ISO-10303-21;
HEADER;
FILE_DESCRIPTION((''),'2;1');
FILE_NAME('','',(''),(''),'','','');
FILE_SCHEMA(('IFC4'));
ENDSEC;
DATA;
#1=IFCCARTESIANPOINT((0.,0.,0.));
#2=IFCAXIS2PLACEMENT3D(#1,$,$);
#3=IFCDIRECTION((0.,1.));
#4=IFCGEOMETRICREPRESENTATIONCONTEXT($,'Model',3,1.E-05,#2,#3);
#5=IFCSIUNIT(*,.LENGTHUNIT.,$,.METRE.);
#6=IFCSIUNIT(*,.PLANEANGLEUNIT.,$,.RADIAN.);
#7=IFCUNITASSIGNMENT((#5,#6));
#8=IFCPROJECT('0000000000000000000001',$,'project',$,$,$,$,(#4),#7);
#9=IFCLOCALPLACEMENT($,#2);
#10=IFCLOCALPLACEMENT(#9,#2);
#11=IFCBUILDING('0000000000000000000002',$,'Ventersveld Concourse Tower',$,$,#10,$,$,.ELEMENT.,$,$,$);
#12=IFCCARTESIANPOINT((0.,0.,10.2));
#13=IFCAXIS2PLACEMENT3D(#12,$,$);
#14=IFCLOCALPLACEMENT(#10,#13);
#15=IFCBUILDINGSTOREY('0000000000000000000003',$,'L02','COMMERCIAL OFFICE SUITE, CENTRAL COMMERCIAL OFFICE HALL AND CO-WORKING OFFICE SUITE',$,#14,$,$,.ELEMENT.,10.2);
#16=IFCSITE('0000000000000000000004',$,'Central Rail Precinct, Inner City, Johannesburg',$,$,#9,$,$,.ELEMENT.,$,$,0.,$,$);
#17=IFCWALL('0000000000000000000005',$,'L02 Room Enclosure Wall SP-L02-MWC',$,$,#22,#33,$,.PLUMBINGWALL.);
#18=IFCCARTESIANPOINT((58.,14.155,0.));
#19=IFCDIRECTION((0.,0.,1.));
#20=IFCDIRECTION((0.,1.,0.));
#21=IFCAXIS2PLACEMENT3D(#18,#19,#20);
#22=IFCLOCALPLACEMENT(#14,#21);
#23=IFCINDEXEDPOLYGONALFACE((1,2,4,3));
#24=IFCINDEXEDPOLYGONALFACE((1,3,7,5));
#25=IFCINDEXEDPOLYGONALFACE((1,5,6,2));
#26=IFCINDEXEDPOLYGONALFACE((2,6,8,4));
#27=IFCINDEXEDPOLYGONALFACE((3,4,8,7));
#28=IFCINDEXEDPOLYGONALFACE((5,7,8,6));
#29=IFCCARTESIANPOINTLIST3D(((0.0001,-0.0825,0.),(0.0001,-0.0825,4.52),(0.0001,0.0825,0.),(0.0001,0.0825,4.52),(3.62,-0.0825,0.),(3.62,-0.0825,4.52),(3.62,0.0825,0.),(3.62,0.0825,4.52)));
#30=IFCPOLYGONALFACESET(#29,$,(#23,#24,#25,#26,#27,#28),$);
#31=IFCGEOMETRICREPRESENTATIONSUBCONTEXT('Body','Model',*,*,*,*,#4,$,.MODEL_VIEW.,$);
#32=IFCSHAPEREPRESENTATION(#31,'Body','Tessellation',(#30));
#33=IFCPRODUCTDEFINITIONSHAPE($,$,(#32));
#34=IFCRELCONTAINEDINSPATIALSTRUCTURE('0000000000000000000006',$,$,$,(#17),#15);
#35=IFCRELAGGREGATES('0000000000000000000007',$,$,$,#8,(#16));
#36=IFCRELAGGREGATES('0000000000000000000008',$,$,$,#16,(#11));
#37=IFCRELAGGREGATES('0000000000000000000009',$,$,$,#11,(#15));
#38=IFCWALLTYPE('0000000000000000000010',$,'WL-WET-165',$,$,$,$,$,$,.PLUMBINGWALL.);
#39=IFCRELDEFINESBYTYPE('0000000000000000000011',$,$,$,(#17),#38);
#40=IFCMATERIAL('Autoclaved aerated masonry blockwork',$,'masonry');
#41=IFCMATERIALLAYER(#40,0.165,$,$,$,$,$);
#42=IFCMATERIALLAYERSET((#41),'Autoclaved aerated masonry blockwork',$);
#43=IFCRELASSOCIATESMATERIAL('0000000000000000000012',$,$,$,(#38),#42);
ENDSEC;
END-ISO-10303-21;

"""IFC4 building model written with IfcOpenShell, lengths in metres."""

from ifc_helpers import new_model, si_unit, direction, frame, frame_2d, origin, place, context, subcontext, project, spatial, rectangle, extrude, material, layer, layer_set, type_object, element, save


model = new_model("IFC4")

# Units and contexts
model_context = context("Model", 3, precision=1e-05, world=origin(), true_north=direction((0.0, 1.0)))
body_context = subcontext(model_context, "Body", "Model", "MODEL_VIEW")
ifc_project = project(units=[si_unit("LENGTHUNIT", "METRE"), si_unit("PLANEANGLEUNIT", "RADIAN")], contexts=[model_context])

# Site, building, storey
site_placement = place(None, origin())
site = spatial("IfcSite", under=ifc_project, at=site_placement, Name="Central Rail Precinct, Inner City, Johannesburg", CompositionType="ELEMENT", RefElevation=0.0)
building_placement = place(site_placement, origin())
building = spatial("IfcBuilding", under=site, at=building_placement, Name="Ventersveld Concourse Tower", CompositionType="ELEMENT")
storey_placement = place(building_placement, frame((0.0, 0.0, 10.2)))
storey = spatial("IfcBuildingStorey", under=building, at=storey_placement, Name="L02", Description="COMMERCIAL OFFICE SUITE, CENTRAL COMMERCIAL OFFICE HALL AND CO-WORKING OFFICE SUITE", CompositionType="ELEMENT", Elevation=10.2)

# Wall
ifc_material_1 = material(Name="Autoclaved aerated masonry blockwork", Category="masonry")
ifc_layer_1 = layer(ifc_material_1, 0.165)
ifc_layer_set_1 = layer_set([ifc_layer_1], Name="Autoclaved aerated masonry blockwork")
wall_type_1 = type_object("IfcWallType", Name="WL-WET-165", PredefinedType="PLUMBINGWALL", material=ifc_layer_set_1)
wall_1_placement = place(storey_placement, frame((58.0, 14.155, 0.0), z_axis=(0.0, 0.0, 1.0), x_axis=(0.0, 1.0, 0.0)))
element("IfcWall", 1, at=wall_1_placement, inside=storey, type_object=wall_type_1, Name="L02 Room Enclosure Wall SP-L02-MWC", PredefinedType="PLUMBINGWALL", context=body_context, shape_type="SweptSolid", body=[
    extrude(rectangle(XDim=3.6199, YDim=0.165, at=frame_2d((1.8101, 0.0))), origin(), (0.0, 0.0, 1.0), 4.52),
])

save(model, "model.ifc")
